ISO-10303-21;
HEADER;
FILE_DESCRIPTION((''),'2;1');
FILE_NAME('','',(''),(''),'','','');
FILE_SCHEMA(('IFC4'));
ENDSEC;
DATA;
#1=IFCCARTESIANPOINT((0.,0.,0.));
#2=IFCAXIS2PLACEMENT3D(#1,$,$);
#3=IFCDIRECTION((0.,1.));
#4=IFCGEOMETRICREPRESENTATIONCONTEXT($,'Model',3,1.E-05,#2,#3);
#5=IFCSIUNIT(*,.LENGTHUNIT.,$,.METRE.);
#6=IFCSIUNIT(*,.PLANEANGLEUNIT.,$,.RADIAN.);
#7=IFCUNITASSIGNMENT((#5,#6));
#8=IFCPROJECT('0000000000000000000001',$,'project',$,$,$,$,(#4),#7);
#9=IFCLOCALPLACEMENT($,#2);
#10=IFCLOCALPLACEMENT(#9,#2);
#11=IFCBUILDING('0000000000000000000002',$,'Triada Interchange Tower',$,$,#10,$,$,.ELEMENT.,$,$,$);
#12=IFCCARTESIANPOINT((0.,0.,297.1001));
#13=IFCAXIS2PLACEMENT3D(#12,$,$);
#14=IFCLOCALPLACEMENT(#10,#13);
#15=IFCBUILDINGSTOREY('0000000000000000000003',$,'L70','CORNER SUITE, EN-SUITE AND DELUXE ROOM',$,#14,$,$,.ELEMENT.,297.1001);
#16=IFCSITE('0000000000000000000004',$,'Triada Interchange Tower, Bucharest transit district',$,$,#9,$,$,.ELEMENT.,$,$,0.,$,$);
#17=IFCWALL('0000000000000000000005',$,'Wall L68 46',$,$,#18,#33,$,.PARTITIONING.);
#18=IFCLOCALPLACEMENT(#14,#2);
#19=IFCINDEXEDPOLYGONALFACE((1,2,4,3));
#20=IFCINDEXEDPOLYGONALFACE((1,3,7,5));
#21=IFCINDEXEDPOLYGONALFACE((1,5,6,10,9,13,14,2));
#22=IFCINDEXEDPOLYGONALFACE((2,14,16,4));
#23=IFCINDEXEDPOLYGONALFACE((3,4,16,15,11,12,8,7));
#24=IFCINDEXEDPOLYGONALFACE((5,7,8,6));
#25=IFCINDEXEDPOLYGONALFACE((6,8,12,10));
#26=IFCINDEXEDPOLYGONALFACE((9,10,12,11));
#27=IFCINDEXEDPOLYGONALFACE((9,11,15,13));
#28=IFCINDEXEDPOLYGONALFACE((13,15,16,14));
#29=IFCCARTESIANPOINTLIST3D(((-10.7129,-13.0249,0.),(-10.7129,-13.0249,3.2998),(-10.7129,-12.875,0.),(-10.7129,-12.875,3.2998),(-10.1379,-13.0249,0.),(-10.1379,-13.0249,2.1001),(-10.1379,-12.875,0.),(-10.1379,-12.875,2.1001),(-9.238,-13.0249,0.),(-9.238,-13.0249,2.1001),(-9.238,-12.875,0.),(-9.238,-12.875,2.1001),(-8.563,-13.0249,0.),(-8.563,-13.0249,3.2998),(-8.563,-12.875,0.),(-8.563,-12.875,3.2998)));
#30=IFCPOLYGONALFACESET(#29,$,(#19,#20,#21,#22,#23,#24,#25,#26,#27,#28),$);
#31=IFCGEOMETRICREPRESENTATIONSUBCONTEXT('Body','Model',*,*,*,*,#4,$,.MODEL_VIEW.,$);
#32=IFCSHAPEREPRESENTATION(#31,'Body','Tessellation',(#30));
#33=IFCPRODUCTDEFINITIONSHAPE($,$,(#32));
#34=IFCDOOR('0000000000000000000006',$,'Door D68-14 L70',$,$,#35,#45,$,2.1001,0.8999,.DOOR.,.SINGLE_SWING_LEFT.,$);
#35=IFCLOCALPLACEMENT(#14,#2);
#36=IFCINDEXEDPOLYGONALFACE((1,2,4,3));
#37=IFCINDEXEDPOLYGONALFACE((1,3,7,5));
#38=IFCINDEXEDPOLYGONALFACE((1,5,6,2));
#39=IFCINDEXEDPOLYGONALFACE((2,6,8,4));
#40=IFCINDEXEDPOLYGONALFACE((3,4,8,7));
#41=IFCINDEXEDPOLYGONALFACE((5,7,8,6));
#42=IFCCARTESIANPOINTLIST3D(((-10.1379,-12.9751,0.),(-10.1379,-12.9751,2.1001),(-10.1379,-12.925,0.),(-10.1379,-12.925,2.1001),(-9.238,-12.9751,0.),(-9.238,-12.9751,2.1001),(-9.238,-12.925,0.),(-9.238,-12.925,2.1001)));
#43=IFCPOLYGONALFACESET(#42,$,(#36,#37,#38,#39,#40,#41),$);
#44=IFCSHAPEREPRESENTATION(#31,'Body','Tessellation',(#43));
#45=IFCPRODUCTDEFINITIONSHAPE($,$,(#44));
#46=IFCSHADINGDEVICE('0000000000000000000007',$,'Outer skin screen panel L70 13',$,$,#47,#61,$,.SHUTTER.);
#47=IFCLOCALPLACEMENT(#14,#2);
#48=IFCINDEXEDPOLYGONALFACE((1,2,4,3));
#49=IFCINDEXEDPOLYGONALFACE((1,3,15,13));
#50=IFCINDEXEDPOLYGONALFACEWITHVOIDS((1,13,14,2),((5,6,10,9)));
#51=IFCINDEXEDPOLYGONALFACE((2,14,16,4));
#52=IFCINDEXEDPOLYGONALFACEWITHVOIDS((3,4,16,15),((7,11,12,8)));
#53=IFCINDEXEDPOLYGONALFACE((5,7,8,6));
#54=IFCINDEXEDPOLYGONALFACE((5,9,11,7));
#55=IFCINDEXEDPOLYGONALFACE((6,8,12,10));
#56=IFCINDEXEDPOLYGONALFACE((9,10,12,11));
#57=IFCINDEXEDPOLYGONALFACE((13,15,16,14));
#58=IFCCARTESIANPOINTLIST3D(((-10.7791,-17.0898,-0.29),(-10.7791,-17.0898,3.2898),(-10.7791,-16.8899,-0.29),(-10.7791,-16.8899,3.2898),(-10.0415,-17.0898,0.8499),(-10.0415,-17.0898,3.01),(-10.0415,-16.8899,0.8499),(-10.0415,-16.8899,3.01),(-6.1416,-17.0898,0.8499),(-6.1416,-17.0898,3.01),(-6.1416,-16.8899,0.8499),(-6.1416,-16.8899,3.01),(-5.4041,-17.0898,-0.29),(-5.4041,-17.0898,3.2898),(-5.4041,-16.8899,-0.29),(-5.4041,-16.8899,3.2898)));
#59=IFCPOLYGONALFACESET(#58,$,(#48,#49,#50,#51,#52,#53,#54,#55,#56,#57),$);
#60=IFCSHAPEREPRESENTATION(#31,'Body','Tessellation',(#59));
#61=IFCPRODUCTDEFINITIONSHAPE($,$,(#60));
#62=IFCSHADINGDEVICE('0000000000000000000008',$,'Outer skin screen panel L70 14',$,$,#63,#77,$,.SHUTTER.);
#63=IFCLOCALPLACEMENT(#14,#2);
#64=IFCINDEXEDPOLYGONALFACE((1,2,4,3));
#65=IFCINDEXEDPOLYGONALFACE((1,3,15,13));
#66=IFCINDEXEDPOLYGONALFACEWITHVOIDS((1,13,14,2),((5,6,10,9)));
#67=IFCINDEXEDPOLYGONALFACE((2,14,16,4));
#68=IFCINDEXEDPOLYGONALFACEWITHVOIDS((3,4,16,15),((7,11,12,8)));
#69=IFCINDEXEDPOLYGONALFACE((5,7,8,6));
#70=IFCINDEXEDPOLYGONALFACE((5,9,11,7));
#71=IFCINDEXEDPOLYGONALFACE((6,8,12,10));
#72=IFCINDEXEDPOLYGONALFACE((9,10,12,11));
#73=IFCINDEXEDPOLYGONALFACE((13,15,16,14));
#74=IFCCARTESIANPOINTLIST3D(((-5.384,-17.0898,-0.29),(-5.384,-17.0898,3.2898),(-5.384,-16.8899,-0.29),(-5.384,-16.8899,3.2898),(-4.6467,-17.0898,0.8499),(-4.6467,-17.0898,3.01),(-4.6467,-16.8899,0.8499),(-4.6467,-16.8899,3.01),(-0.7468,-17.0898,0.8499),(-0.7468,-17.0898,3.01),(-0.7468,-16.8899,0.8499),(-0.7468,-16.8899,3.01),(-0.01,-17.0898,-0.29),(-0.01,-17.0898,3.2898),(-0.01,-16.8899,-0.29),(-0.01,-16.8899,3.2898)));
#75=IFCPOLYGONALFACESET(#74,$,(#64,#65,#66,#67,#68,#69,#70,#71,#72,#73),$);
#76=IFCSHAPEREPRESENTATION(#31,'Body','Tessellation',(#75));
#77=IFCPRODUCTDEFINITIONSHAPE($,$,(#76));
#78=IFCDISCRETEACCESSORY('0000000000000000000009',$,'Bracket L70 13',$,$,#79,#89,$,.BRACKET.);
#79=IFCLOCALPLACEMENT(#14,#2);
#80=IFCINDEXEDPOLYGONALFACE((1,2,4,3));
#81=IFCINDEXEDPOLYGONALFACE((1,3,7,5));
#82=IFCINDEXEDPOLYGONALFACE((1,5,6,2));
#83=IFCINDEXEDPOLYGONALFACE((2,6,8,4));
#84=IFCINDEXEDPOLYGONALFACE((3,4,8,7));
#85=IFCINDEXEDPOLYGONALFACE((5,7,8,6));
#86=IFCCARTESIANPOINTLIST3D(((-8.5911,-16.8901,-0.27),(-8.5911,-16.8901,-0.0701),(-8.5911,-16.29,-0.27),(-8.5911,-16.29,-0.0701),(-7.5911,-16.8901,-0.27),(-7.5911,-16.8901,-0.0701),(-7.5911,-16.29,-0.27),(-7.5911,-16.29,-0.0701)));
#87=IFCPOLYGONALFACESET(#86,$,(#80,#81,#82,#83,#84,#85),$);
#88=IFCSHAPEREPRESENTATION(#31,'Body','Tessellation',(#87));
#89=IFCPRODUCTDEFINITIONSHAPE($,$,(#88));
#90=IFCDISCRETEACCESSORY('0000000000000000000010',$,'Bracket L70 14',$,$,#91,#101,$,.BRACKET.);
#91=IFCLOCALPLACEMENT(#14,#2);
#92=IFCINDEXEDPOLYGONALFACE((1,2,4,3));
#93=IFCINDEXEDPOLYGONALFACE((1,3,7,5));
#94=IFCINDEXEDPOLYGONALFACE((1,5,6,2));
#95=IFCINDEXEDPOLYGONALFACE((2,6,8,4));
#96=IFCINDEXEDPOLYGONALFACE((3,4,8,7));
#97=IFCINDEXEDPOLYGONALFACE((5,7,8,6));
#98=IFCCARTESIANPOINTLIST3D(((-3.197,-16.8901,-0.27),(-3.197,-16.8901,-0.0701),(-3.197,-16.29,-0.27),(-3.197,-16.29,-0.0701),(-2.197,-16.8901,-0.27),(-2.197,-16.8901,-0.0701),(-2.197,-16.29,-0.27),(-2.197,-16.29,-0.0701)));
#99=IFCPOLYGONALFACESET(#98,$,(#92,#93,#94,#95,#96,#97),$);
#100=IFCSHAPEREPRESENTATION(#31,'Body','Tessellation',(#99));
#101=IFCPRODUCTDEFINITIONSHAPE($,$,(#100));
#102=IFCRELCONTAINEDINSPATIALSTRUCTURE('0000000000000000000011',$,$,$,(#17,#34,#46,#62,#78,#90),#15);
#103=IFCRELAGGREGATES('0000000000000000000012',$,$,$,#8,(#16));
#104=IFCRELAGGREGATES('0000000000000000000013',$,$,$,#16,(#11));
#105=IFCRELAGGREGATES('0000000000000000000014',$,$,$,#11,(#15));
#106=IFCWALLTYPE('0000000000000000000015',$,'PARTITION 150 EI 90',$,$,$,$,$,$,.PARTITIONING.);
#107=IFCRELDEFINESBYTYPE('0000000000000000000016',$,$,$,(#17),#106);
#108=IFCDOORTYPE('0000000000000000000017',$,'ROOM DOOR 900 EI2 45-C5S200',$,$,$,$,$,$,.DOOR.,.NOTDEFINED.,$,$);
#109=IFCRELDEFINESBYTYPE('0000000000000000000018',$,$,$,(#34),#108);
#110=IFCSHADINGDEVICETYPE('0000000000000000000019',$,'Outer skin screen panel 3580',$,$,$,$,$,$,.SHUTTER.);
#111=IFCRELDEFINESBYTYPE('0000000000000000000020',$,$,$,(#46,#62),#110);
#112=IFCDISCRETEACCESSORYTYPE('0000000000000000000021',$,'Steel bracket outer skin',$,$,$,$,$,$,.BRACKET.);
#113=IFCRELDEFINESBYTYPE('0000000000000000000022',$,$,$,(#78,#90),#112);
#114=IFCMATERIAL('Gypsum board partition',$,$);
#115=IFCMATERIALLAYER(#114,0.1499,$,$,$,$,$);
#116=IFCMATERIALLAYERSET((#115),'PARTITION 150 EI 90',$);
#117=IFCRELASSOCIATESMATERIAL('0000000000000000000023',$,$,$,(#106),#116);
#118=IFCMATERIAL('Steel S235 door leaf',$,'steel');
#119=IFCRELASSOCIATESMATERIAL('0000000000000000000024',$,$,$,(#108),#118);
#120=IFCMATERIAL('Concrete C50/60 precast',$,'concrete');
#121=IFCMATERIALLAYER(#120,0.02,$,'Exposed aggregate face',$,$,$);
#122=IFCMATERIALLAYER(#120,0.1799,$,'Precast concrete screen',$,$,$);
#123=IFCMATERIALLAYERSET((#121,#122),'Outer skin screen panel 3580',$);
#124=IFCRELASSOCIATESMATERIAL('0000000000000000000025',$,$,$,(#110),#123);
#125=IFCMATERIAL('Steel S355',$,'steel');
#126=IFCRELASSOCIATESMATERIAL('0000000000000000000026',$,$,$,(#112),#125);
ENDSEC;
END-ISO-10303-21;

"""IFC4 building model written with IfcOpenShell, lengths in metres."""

from ifc_helpers import new_model, si_unit, direction, frame, frame_2d, origin, origin_2d, place, context, subcontext, project, spatial, polyline, rectangle, outline, extrude, material, layer, layer_set, type_object, element, fill, save


model = new_model("IFC4")

# Units and contexts
model_context = context("Model", 3, precision=1e-05, world=origin(), true_north=direction((0.0, 1.0)))
body_context = subcontext(model_context, "Body", "Model", "MODEL_VIEW")
ifc_project = project(units=[si_unit("LENGTHUNIT", "METRE"), si_unit("PLANEANGLEUNIT", "RADIAN")], contexts=[model_context])

# Site, building, storey
site_placement = place(None, origin())
site = spatial("IfcSite", under=ifc_project, at=site_placement, Name="Triada Interchange Tower, Bucharest transit district", CompositionType="ELEMENT", RefElevation=0.0)
building_placement = place(site_placement, origin())
building = spatial("IfcBuilding", under=site, at=building_placement, Name="Triada Interchange Tower", CompositionType="ELEMENT")
storey_placement = place(building_placement, frame((0.0, 0.0, 297.1001)))
storey = spatial("IfcBuildingStorey", under=building, at=storey_placement, Name="L70", Description="CORNER SUITE, EN-SUITE AND DELUXE ROOM", CompositionType="ELEMENT", Elevation=297.1001)

# Shared definitions
ifc_material_1 = material(Name="Gypsum board partition")
ifc_layer_1 = layer(ifc_material_1, 0.1499)
ifc_layer_set_1 = layer_set([ifc_layer_1], Name="PARTITION 150 EI 90")
wall_type_1 = type_object("IfcWallType", Name="PARTITION 150 EI 90", PredefinedType="PARTITIONING", material=ifc_layer_set_1)

# Wall, opening, door
wall_1_placement = place(storey_placement, frame((-10.7129, -12.95, 0.0), z_axis=(0.0, 0.0, 1.0), x_axis=(1.0, 0.0, 0.0)))
wall_1 = element("IfcWall", 1, at=wall_1_placement, inside=storey, type_object=wall_type_1, Name="Wall L68 46", PredefinedType="PARTITIONING", context=body_context, shape_type="SweptSolid", body=[
    extrude(rectangle(XDim=2.1499, YDim=0.1499, at=frame_2d((1.075, 0.0))), origin(), (0.0, 0.0, 1.0), 3.2998),
])
opening_placement = place(wall_1_placement, frame((0.575, 0.0, 0.0)))
opening = element("IfcOpeningElement", 2, at=opening_placement, cuts=wall_1, PredefinedType="OPENING", context=body_context, shape_type="SweptSolid", body=[
    extrude(rectangle(XDim=0.8999, YDim=2.1001, at=frame_2d((0.45, 1.05))), frame((0.0, 0.085, 0.0), z_axis=(0.0, -1.0, 0.0), x_axis=(1.0, 0.0, 0.0)), (0.0, 0.0, 1.0), 0.1699),
])
ifc_material_2 = material(Name="Steel S235 door leaf", Category="steel")
door_type = type_object("IfcDoorType", Name="ROOM DOOR 900 EI2 45-C5S200", OperationType="NOTDEFINED", PredefinedType="DOOR", material=ifc_material_2)
door_placement = place(opening_placement, origin())
door = element("IfcDoor", 3, at=door_placement, inside=storey, type_object=door_type, Name="Door D68-14 L70", OperationType="SINGLE_SWING_LEFT", OverallHeight=2.1001, OverallWidth=0.8999, PredefinedType="DOOR", context=body_context, shape_type="SweptSolid", body=[
    extrude(rectangle(XDim=0.8999, YDim=2.1001, at=frame_2d((0.45, 1.05))), frame((0.0, 0.0249, 0.0), z_axis=(0.0, -1.0, 0.0), x_axis=(1.0, 0.0, 0.0)), (0.0, 0.0, 1.0), 0.05),
])
fill(opening, door)

# Shading devices
ifc_material_3 = material(Name="Concrete C50/60 precast", Category="concrete")
ifc_layer_2 = layer(ifc_material_3, 0.02, Name="Exposed aggregate face")
ifc_layer_3 = layer(ifc_material_3, 0.1799, Name="Precast concrete screen")
ifc_layer_set_2 = layer_set([ifc_layer_2, ifc_layer_3], Name="Outer skin screen panel 3580")
shading_device_type = type_object("IfcShadingDeviceType", Name="Outer skin screen panel 3580", PredefinedType="SHUTTER", material=ifc_layer_set_2)
shading_device_1_placement = place(storey_placement, frame((-10.7791, -16.8899, -0.29), z_axis=(0.0, 0.0, 1.0), x_axis=(1.0, 0.0, 0.0)))
element("IfcShadingDevice", 4, at=shading_device_1_placement, inside=storey, type_object=shading_device_type, Name="Outer skin screen panel L70 13", PredefinedType="SHUTTER", context=body_context, shape_type="SweptSolid", body=[
    extrude(outline(polyline([(0.0, 0.0), (5.375, 0.0), (5.375, 3.5798), (0.0, 3.5798), (0.0, 0.0)]), holes=[polyline([(0.7375, 1.1399), (0.7375, 3.3), (4.6375, 3.3), (4.6375, 1.1399), (0.7375, 1.1399)])]), frame((0.0, 0.0, 0.0), z_axis=(0.0, -1.0, 0.0), x_axis=(1.0, 0.0, 0.0)), (0.0, 0.0, 1.0), 0.2),
])
shading_device_2_placement = place(storey_placement, frame((-5.384, -16.8899, -0.29), z_axis=(0.0, 0.0, 1.0), x_axis=(1.0, 0.0, 0.0)))
element("IfcShadingDevice", 5, at=shading_device_2_placement, inside=storey, type_object=shading_device_type, Name="Outer skin screen panel L70 14", PredefinedType="SHUTTER", context=body_context, shape_type="SweptSolid", body=[
    extrude(outline(polyline([(0.0, 0.0), (5.374, 0.0), (5.374, 3.5798), (0.0, 3.5798), (0.0, 0.0)]), holes=[polyline([(0.7373, 1.1399), (0.7373, 3.3), (4.6372, 3.3), (4.6372, 1.1399), (0.7373, 1.1399)])]), frame((0.0, 0.0, 0.0), z_axis=(0.0, -1.0, 0.0), x_axis=(1.0, 0.0, 0.0)), (0.0, 0.0, 1.0), 0.2),
])

# Discrete accessories
ifc_material_4 = material(Name="Steel S355", Category="steel")
discrete_accessory_type = type_object("IfcDiscreteAccessoryType", Name="Steel bracket outer skin", PredefinedType="BRACKET", material=ifc_material_4)
for number, where, z_axis, x_axis, name in (
    (6, (-8.0911, -16.5901, -0.27), (0.0, 0.0, 1.0), (0.0, -1.0, 0.0), "Bracket L70 13"),
    (7, (-2.697, -16.5901, -0.27), (0.0, 0.0, 1.0), (0.0, -1.0, 0.0), "Bracket L70 14"),
):
    element("IfcDiscreteAccessory", number, at=place(storey_placement, frame(where, z_axis=z_axis, x_axis=x_axis)), inside=storey, type_object=discrete_accessory_type, Name=name, PredefinedType="BRACKET", context=body_context, shape_type="SweptSolid", body=[
        extrude(rectangle(XDim=0.6001, YDim=1.0, at=origin_2d()), origin(), (0.0, 0.0, 1.0), 0.2),
    ])

save(model, "model.ifc")
